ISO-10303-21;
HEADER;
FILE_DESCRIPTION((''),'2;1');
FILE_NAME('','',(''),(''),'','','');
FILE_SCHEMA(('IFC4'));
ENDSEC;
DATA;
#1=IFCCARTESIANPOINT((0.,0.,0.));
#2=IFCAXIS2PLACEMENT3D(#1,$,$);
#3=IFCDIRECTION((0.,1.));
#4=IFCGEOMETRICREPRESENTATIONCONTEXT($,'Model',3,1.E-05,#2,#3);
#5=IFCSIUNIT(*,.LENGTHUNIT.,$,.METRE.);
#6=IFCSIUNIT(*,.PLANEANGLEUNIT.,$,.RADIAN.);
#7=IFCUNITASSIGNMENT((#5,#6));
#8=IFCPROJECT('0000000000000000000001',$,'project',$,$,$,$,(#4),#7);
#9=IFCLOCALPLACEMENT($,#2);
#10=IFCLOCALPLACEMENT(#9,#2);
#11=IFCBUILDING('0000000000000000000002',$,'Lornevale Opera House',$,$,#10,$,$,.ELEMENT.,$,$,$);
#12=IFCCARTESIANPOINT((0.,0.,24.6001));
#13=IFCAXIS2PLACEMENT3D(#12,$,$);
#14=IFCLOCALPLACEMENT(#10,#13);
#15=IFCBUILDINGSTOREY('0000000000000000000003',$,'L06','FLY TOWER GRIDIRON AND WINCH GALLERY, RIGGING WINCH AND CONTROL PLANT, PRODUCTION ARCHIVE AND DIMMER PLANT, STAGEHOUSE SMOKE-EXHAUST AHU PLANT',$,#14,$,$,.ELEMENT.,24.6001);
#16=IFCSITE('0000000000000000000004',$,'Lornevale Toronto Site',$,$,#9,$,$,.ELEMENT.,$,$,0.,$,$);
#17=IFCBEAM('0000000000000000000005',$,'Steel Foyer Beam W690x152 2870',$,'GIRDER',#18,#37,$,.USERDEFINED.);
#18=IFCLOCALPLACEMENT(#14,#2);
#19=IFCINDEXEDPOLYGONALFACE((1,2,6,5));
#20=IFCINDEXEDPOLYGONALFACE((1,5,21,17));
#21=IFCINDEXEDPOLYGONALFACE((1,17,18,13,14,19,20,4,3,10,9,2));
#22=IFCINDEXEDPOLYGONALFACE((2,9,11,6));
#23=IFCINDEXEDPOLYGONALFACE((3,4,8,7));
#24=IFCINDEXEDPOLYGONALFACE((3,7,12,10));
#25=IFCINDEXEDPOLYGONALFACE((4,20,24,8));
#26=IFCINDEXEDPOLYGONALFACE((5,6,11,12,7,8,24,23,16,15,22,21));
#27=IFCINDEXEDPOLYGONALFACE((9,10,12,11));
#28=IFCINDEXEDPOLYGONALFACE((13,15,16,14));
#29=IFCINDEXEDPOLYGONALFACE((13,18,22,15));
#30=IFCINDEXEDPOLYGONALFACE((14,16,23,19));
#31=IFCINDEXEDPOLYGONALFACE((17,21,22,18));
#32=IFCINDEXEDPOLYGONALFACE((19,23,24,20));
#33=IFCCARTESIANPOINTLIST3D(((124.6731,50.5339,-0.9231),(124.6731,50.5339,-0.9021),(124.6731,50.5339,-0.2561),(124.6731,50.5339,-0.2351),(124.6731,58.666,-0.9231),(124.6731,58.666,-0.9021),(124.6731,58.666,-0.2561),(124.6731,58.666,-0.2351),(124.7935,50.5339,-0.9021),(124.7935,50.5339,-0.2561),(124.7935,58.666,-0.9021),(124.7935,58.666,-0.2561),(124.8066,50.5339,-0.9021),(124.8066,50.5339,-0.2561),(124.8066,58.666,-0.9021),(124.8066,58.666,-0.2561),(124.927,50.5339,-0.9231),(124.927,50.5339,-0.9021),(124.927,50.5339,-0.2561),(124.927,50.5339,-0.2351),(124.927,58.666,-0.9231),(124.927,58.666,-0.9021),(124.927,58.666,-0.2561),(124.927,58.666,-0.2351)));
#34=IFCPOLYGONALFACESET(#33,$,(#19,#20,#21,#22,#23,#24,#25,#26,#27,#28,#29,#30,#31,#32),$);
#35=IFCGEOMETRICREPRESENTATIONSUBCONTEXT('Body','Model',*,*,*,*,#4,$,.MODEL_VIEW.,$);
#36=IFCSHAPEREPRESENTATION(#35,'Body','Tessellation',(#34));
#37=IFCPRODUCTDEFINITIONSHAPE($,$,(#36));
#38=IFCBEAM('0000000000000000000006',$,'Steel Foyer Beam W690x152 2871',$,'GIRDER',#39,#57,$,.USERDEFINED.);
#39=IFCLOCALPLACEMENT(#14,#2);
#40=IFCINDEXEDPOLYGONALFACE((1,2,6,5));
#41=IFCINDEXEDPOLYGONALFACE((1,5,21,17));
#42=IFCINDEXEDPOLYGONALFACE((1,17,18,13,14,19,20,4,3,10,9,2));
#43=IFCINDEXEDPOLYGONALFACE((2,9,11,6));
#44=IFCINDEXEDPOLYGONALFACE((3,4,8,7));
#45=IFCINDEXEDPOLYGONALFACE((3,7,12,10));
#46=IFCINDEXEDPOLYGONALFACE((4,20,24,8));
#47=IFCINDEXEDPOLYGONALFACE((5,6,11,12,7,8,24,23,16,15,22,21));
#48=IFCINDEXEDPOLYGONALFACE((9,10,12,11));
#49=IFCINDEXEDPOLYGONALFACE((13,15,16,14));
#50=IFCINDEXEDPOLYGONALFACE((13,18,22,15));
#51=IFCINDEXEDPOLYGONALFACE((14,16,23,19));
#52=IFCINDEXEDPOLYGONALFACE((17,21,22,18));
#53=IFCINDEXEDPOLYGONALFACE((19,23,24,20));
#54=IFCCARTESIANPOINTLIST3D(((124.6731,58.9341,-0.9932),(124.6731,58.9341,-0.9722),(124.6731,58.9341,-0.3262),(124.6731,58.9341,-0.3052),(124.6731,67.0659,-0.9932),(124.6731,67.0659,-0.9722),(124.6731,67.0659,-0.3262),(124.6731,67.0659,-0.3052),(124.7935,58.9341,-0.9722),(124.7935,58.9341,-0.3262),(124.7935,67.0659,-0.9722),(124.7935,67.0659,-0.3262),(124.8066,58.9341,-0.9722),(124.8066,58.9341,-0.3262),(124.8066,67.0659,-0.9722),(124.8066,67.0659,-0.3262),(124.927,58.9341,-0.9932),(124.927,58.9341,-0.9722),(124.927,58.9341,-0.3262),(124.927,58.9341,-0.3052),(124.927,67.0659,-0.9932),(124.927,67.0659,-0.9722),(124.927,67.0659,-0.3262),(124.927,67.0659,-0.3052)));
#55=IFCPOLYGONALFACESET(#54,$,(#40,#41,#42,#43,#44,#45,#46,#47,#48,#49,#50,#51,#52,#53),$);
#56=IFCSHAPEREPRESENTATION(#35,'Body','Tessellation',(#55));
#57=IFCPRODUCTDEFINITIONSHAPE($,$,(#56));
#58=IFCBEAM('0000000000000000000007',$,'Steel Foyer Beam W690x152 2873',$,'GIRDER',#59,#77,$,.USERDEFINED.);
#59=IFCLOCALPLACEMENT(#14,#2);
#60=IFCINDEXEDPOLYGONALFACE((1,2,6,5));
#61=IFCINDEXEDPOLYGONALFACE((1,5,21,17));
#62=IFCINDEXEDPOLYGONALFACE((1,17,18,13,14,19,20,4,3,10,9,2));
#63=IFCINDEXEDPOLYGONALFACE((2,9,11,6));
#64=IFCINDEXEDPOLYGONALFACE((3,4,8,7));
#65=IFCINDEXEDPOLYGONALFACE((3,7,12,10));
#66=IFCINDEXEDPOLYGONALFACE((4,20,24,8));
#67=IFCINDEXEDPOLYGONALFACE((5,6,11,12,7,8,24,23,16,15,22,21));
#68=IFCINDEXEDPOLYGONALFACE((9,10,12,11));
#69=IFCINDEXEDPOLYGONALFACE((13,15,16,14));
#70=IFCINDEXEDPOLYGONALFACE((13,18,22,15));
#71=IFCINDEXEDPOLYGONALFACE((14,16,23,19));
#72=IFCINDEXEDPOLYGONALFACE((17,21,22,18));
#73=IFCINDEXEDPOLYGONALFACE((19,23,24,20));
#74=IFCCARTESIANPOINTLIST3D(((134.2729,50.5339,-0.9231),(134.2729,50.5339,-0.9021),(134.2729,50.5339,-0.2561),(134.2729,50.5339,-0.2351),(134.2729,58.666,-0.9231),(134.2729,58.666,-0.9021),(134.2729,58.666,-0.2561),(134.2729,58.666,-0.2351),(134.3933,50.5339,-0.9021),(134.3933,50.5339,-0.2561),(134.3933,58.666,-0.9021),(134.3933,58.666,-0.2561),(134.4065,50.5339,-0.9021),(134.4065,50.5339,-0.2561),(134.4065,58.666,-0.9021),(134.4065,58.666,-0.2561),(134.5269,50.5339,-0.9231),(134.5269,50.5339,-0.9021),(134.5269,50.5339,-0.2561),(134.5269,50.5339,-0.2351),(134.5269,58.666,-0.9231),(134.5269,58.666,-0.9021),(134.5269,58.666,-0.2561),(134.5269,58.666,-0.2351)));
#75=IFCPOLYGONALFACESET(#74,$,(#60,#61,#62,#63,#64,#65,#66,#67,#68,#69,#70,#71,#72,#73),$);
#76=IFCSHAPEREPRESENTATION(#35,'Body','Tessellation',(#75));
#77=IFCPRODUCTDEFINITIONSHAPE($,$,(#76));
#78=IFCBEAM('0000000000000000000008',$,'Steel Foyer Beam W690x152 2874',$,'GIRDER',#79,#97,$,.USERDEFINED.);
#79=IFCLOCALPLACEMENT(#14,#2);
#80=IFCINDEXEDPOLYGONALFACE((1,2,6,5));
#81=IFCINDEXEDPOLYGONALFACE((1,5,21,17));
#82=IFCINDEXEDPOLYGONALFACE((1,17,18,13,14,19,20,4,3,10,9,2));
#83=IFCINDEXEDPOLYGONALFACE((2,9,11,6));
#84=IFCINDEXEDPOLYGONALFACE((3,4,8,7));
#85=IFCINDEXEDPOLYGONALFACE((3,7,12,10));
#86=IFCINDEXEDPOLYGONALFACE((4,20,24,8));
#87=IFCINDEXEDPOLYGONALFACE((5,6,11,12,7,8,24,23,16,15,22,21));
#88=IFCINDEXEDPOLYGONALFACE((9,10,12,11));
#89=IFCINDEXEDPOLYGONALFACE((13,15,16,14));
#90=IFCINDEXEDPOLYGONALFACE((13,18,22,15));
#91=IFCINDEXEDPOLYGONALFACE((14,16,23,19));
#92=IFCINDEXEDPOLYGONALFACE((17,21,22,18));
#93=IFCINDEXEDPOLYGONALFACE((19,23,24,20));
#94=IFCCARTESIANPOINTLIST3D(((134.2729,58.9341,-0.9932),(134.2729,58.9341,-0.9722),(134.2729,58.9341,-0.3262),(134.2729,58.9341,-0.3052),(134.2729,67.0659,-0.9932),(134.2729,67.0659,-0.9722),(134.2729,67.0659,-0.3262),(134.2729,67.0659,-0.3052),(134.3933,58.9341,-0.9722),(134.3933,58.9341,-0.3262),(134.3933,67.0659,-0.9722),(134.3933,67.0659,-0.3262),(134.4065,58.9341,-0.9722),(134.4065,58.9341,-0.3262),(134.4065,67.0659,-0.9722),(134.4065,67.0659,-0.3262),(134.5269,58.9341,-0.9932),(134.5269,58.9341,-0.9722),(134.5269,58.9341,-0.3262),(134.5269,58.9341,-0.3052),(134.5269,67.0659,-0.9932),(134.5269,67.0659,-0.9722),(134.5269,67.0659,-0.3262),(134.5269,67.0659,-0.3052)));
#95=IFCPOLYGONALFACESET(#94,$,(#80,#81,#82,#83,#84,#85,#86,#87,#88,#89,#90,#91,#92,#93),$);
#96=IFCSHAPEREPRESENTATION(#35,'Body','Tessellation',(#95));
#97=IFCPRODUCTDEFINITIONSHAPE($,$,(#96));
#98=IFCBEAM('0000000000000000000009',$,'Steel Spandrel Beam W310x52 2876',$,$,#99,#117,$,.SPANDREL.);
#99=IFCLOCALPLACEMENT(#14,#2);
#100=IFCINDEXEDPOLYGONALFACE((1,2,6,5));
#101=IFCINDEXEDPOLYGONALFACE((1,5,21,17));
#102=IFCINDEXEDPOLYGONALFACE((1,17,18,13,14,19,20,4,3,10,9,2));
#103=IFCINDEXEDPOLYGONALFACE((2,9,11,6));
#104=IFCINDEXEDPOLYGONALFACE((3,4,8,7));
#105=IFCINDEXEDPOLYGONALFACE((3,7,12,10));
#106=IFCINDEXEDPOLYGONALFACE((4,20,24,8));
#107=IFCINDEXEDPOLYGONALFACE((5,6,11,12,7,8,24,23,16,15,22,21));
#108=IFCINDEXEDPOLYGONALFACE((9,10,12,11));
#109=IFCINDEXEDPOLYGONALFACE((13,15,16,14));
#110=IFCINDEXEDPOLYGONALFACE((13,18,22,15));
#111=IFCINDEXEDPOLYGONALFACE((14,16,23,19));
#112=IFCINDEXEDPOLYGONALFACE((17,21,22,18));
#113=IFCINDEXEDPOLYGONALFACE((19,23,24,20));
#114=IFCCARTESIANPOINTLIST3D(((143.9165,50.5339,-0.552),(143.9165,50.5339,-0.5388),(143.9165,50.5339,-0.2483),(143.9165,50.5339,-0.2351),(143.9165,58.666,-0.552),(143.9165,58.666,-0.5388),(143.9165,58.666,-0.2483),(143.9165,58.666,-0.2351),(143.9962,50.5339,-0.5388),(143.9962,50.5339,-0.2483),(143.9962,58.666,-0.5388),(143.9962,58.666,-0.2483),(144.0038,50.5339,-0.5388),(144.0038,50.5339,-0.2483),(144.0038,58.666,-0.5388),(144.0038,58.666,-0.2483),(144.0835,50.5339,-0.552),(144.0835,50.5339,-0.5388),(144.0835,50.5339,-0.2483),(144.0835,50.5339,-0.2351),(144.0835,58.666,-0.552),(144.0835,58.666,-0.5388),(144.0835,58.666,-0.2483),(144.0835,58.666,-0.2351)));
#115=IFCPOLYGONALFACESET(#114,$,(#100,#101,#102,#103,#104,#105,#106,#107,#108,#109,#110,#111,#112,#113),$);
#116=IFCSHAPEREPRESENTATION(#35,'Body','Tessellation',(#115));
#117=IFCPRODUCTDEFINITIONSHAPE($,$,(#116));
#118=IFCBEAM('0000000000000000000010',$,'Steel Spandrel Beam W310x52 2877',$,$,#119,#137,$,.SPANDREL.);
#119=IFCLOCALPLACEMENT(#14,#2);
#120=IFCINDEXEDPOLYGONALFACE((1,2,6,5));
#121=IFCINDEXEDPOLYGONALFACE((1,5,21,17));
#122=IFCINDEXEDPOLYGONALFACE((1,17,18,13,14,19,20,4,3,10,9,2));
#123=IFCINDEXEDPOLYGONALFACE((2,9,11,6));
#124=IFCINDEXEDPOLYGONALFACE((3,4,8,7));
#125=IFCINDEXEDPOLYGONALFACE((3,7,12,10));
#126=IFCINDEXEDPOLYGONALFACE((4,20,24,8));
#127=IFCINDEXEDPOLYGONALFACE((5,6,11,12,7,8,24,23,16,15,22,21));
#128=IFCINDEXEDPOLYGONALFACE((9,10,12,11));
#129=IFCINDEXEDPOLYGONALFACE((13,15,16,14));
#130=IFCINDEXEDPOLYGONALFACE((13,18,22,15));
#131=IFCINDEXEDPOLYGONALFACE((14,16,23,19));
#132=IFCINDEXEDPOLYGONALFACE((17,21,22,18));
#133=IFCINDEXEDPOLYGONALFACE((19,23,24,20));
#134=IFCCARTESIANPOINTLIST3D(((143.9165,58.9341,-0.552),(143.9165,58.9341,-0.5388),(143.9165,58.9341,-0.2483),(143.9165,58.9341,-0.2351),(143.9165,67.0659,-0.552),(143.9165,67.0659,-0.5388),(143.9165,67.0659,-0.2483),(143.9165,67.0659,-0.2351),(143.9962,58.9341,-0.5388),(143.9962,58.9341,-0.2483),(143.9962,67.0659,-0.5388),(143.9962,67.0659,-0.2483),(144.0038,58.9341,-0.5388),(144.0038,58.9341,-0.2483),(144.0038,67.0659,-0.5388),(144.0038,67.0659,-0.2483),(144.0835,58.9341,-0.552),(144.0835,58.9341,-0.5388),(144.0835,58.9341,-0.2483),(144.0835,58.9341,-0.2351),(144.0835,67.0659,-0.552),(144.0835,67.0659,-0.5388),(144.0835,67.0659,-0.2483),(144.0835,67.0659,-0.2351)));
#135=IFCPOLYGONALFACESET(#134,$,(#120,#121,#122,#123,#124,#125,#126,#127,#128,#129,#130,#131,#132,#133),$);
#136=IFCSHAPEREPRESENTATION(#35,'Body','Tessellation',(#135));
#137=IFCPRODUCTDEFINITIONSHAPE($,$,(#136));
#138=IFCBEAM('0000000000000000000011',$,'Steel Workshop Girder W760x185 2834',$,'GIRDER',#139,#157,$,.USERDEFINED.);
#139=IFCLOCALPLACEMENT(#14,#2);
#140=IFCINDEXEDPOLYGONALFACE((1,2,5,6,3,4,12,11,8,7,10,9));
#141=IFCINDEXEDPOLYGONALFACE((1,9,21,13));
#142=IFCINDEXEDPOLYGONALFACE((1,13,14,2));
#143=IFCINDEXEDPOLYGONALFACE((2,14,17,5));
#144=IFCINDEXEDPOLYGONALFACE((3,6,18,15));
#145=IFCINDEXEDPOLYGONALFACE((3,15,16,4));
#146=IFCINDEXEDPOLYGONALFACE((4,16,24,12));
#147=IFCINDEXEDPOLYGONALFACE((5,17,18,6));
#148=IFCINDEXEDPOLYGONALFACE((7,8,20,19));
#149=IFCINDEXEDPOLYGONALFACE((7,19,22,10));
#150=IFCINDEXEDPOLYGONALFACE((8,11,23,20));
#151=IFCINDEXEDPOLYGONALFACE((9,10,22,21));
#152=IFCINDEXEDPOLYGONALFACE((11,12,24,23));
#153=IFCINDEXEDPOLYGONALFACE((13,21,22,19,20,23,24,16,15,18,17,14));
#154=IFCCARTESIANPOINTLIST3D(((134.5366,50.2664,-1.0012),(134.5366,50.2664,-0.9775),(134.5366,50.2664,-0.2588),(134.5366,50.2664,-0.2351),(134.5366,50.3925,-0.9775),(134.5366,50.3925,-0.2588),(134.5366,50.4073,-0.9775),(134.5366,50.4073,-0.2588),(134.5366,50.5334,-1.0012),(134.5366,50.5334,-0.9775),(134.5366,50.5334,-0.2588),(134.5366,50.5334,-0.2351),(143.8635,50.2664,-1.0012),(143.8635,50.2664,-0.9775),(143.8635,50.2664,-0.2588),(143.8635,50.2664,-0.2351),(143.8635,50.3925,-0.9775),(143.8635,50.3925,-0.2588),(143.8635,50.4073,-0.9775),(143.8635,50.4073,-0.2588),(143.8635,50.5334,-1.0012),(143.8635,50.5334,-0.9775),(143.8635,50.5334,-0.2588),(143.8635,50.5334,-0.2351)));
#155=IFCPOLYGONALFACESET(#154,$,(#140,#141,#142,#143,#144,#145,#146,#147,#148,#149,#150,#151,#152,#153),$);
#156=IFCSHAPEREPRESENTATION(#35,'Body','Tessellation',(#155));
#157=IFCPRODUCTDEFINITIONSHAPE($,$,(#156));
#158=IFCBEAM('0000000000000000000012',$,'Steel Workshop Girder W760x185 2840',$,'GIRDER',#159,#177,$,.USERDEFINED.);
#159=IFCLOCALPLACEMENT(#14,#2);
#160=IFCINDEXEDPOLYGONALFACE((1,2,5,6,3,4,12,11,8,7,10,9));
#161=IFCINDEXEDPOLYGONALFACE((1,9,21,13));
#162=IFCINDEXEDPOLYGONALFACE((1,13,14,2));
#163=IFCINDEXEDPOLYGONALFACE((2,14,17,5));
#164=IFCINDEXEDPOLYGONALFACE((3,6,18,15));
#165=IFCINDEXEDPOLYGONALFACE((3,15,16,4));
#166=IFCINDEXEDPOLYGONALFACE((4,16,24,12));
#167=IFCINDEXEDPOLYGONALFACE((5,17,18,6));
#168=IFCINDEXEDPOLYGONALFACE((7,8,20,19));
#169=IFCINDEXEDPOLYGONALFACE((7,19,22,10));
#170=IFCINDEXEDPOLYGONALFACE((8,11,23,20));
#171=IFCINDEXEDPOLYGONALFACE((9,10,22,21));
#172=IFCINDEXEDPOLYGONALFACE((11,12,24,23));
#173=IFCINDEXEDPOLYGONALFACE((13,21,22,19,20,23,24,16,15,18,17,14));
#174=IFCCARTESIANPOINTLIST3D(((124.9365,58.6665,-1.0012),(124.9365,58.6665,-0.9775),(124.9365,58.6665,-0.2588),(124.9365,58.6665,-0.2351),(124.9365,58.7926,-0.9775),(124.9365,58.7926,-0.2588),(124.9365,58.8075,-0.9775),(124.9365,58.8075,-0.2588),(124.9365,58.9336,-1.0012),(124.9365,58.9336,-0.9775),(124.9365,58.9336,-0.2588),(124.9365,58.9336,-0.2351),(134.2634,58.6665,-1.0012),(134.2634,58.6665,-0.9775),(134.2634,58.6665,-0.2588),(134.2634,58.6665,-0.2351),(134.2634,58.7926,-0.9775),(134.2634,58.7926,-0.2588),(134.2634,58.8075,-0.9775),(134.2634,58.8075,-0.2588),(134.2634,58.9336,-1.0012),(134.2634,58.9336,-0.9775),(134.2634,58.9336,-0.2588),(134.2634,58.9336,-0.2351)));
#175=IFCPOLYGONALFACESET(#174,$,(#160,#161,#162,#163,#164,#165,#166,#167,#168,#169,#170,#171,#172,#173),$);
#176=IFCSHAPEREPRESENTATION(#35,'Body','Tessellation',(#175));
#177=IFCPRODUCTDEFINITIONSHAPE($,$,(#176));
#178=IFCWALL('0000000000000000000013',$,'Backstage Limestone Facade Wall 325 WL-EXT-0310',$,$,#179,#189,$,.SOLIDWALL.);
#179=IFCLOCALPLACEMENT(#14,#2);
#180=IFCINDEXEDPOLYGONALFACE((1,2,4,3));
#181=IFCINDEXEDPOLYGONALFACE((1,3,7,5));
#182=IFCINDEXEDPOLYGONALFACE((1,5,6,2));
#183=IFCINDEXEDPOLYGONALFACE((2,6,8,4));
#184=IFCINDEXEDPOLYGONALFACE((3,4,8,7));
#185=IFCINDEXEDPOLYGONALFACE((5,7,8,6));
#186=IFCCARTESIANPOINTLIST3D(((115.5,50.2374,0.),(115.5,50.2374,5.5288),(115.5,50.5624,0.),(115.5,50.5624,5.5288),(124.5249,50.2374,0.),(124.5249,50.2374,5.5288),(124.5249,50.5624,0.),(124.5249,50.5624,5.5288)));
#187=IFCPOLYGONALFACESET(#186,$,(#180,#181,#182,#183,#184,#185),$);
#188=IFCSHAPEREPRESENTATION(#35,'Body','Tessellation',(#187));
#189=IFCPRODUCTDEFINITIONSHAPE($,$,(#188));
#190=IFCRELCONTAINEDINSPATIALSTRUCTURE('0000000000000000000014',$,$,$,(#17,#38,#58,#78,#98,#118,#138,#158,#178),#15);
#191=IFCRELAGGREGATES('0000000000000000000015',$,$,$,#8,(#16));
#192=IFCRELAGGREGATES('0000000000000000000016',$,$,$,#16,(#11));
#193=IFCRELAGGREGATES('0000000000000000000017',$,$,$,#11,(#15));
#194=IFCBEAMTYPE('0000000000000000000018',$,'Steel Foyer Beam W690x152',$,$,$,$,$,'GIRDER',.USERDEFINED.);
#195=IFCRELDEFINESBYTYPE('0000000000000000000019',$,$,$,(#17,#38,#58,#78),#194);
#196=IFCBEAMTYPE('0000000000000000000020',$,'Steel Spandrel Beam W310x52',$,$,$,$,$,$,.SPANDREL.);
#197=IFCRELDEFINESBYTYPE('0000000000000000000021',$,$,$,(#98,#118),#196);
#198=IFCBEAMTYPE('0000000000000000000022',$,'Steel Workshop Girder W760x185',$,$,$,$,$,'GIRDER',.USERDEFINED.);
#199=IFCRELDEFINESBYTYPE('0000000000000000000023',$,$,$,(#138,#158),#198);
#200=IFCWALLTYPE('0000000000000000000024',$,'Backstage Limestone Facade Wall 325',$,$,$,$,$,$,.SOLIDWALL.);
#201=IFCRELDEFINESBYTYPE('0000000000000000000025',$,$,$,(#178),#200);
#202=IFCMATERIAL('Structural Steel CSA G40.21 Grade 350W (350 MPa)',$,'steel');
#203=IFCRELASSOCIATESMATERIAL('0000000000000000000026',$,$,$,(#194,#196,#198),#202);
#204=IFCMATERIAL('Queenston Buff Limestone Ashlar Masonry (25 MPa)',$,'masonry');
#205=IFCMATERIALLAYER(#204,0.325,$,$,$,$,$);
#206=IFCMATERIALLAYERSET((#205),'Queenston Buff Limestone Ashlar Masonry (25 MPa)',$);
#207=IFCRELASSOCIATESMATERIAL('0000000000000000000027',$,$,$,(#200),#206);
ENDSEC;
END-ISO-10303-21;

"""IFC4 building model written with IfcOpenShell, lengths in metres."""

from ifc_helpers import new_model, si_unit, direction, frame, frame_2d, origin, origin_2d, place, context, subcontext, project, spatial, rectangle, i_section, extrude, material, layer, layer_set, material_profile, profile_set, type_object, element, save


model = new_model("IFC4")

# Units and contexts
model_context = context("Model", 3, precision=1e-05, world=origin(), true_north=direction((0.0, 1.0)))
body_context = subcontext(model_context, "Body", "Model", "MODEL_VIEW")
ifc_project = project(units=[si_unit("LENGTHUNIT", "METRE"), si_unit("PLANEANGLEUNIT", "RADIAN")], contexts=[model_context])

# Site, building, storey
site_placement = place(None, origin())
site = spatial("IfcSite", under=ifc_project, at=site_placement, Name="Lornevale Toronto Site", CompositionType="ELEMENT", RefElevation=0.0)
building_placement = place(site_placement, origin())
building = spatial("IfcBuilding", under=site, at=building_placement, Name="Lornevale Opera House", CompositionType="ELEMENT")
storey_placement = place(building_placement, frame((0.0, 0.0, 24.6001)))
storey = spatial("IfcBuildingStorey", under=building, at=storey_placement, Name="L06", Description="FLY TOWER GRIDIRON AND WINCH GALLERY, RIGGING WINCH AND CONTROL PLANT, PRODUCTION ARCHIVE AND DIMMER PLANT, STAGEHOUSE SMOKE-EXHAUST AHU PLANT", CompositionType="ELEMENT", Elevation=24.6001)

# Beams
ifc_material_1 = material(Name="Structural Steel CSA G40.21 Grade 350W (350 MPa)", Category="steel")
ifc_material_profile_1 = material_profile(ifc_material_1, i_section(OverallWidth=0.2539, OverallDepth=0.688, WebThickness=0.0132, FlangeThickness=0.021, at=origin_2d()), Name="W690x152")
ifc_profile_set_1 = profile_set([ifc_material_profile_1], Name="Structural Steel CSA G40.21 Grade 350W (350 MPa)")
beam_type_1 = type_object("IfcBeamType", Name="Steel Foyer Beam W690x152", ElementType="GIRDER", PredefinedType="USERDEFINED", material=ifc_profile_set_1)
beam_1_placement = place(storey_placement, frame((124.8, 50.5339, -0.5791), z_axis=(0.0, 1.0, 0.0), x_axis=(-1.0, 0.0, 0.0)))
element("IfcBeam", 1, at=beam_1_placement, inside=storey, type_object=beam_type_1, Name="Steel Foyer Beam W690x152 2870", ObjectType="GIRDER", PredefinedType="USERDEFINED", context=body_context, shape_type="SweptSolid", body=[
    extrude(i_section(OverallWidth=0.2539, OverallDepth=0.688, WebThickness=0.0132, FlangeThickness=0.021, at=origin_2d()), origin(), (0.0, 0.0, 1.0), 8.1321),
])
beam_2_placement = place(storey_placement, frame((124.8, 58.9341, -0.6492), z_axis=(0.0, 1.0, 0.0), x_axis=(-1.0, 0.0, 0.0)))
element("IfcBeam", 2, at=beam_2_placement, inside=storey, type_object=beam_type_1, Name="Steel Foyer Beam W690x152 2871", ObjectType="GIRDER", PredefinedType="USERDEFINED", context=body_context, shape_type="SweptSolid", body=[
    extrude(i_section(OverallWidth=0.2539, OverallDepth=0.688, WebThickness=0.0132, FlangeThickness=0.021, at=origin_2d()), origin(), (0.0, 0.0, 1.0), 8.1318),
])
beam_3_placement = place(storey_placement, frame((134.3999, 50.5339, -0.5791), z_axis=(0.0, 1.0, 0.0), x_axis=(-1.0, 0.0, 0.0)))
element("IfcBeam", 3, at=beam_3_placement, inside=storey, type_object=beam_type_1, Name="Steel Foyer Beam W690x152 2873", ObjectType="GIRDER", PredefinedType="USERDEFINED", context=body_context, shape_type="SweptSolid", body=[
    extrude(i_section(OverallWidth=0.2539, OverallDepth=0.688, WebThickness=0.0132, FlangeThickness=0.021, at=origin_2d()), origin(), (0.0, 0.0, 1.0), 8.1321),
])
beam_4_placement = place(storey_placement, frame((134.3999, 58.9341, -0.6492), z_axis=(0.0, 1.0, 0.0), x_axis=(-1.0, 0.0, 0.0)))
element("IfcBeam", 4, at=beam_4_placement, inside=storey, type_object=beam_type_1, Name="Steel Foyer Beam W690x152 2874", ObjectType="GIRDER", PredefinedType="USERDEFINED", context=body_context, shape_type="SweptSolid", body=[
    extrude(i_section(OverallWidth=0.2539, OverallDepth=0.688, WebThickness=0.0132, FlangeThickness=0.021, at=origin_2d()), origin(), (0.0, 0.0, 1.0), 8.1318),
])
ifc_material_profile_2 = material_profile(ifc_material_1, i_section(OverallWidth=0.167, OverallDepth=0.3169, WebThickness=0.0076, FlangeThickness=0.0132, at=origin_2d()), Name="W310x52")
ifc_profile_set_2 = profile_set([ifc_material_profile_2], Name="Structural Steel CSA G40.21 Grade 350W (350 MPa)")
beam_type_2 = type_object("IfcBeamType", Name="Steel Spandrel Beam W310x52", PredefinedType="SPANDREL", material=ifc_profile_set_2)
beam_5_placement = place(storey_placement, frame((144.0, 50.5339, -0.3936), z_axis=(0.0, 1.0, 0.0), x_axis=(-1.0, 0.0, 0.0)))
element("IfcBeam", 5, at=beam_5_placement, inside=storey, type_object=beam_type_2, Name="Steel Spandrel Beam W310x52 2876", PredefinedType="SPANDREL", context=body_context, shape_type="SweptSolid", body=[
    extrude(i_section(OverallWidth=0.167, OverallDepth=0.3169, WebThickness=0.0076, FlangeThickness=0.0132, at=origin_2d()), origin(), (0.0, 0.0, 1.0), 8.1321),
])
beam_6_placement = place(storey_placement, frame((144.0, 58.9341, -0.3936), z_axis=(0.0, 1.0, 0.0), x_axis=(-1.0, 0.0, 0.0)))
element("IfcBeam", 6, at=beam_6_placement, inside=storey, type_object=beam_type_2, Name="Steel Spandrel Beam W310x52 2877", PredefinedType="SPANDREL", context=body_context, shape_type="SweptSolid", body=[
    extrude(i_section(OverallWidth=0.167, OverallDepth=0.3169, WebThickness=0.0076, FlangeThickness=0.0132, at=origin_2d()), origin(), (0.0, 0.0, 1.0), 8.1318),
])
ifc_material_profile_3 = material_profile(ifc_material_1, i_section(OverallWidth=0.2671, OverallDepth=0.7661, WebThickness=0.0149, FlangeThickness=0.0237, at=origin_2d()), Name="W760x185")
ifc_profile_set_3 = profile_set([ifc_material_profile_3], Name="Structural Steel CSA G40.21 Grade 350W (350 MPa)")
beam_type_3 = type_object("IfcBeamType", Name="Steel Workshop Girder W760x185", ElementType="GIRDER", PredefinedType="USERDEFINED", material=ifc_profile_set_3)
for number, where, z_axis, x_axis, name in (
    (7, (134.5366, 50.3999, -0.6182), (1.0, 0.0, 0.0), (0.0, 1.0, 0.0), "Steel Workshop Girder W760x185 2834"),
    (8, (124.9365, 58.8, -0.6182), (1.0, 0.0, 0.0), (0.0, 1.0, 0.0), "Steel Workshop Girder W760x185 2840"),
):
    element("IfcBeam", number, at=place(storey_placement, frame(where, z_axis=z_axis, x_axis=x_axis)), inside=storey, type_object=beam_type_3, Name=name, ObjectType="GIRDER", PredefinedType="USERDEFINED", context=body_context, shape_type="SweptSolid", body=[
        extrude(i_section(OverallWidth=0.2671, OverallDepth=0.7661, WebThickness=0.0149, FlangeThickness=0.0237, at=origin_2d()), origin(), (0.0, 0.0, 1.0), 9.3269),
    ])

# Wall
ifc_material_2 = material(Name="Queenston Buff Limestone Ashlar Masonry (25 MPa)", Category="masonry")
ifc_layer_1 = layer(ifc_material_2, 0.325)
ifc_layer_set_1 = layer_set([ifc_layer_1], Name="Queenston Buff Limestone Ashlar Masonry (25 MPa)")
wall_type_1 = type_object("IfcWallType", Name="Backstage Limestone Facade Wall 325", PredefinedType="SOLIDWALL", material=ifc_layer_set_1)
wall_1_placement = place(storey_placement, frame((124.5249, 50.3999, 0.0), z_axis=(0.0, 0.0, 1.0), x_axis=(-1.0, 0.0, 0.0)))
element("IfcWall", 9, at=wall_1_placement, inside=storey, type_object=wall_type_1, Name="Backstage Limestone Facade Wall 325 WL-EXT-0310", PredefinedType="SOLIDWALL", context=body_context, shape_type="SweptSolid", body=[
    extrude(rectangle(XDim=9.0249, YDim=0.325, at=frame_2d((4.5125, 0.0))), origin(), (0.0, 0.0, 1.0), 5.5288),
])

save(model, "model.ifc")
